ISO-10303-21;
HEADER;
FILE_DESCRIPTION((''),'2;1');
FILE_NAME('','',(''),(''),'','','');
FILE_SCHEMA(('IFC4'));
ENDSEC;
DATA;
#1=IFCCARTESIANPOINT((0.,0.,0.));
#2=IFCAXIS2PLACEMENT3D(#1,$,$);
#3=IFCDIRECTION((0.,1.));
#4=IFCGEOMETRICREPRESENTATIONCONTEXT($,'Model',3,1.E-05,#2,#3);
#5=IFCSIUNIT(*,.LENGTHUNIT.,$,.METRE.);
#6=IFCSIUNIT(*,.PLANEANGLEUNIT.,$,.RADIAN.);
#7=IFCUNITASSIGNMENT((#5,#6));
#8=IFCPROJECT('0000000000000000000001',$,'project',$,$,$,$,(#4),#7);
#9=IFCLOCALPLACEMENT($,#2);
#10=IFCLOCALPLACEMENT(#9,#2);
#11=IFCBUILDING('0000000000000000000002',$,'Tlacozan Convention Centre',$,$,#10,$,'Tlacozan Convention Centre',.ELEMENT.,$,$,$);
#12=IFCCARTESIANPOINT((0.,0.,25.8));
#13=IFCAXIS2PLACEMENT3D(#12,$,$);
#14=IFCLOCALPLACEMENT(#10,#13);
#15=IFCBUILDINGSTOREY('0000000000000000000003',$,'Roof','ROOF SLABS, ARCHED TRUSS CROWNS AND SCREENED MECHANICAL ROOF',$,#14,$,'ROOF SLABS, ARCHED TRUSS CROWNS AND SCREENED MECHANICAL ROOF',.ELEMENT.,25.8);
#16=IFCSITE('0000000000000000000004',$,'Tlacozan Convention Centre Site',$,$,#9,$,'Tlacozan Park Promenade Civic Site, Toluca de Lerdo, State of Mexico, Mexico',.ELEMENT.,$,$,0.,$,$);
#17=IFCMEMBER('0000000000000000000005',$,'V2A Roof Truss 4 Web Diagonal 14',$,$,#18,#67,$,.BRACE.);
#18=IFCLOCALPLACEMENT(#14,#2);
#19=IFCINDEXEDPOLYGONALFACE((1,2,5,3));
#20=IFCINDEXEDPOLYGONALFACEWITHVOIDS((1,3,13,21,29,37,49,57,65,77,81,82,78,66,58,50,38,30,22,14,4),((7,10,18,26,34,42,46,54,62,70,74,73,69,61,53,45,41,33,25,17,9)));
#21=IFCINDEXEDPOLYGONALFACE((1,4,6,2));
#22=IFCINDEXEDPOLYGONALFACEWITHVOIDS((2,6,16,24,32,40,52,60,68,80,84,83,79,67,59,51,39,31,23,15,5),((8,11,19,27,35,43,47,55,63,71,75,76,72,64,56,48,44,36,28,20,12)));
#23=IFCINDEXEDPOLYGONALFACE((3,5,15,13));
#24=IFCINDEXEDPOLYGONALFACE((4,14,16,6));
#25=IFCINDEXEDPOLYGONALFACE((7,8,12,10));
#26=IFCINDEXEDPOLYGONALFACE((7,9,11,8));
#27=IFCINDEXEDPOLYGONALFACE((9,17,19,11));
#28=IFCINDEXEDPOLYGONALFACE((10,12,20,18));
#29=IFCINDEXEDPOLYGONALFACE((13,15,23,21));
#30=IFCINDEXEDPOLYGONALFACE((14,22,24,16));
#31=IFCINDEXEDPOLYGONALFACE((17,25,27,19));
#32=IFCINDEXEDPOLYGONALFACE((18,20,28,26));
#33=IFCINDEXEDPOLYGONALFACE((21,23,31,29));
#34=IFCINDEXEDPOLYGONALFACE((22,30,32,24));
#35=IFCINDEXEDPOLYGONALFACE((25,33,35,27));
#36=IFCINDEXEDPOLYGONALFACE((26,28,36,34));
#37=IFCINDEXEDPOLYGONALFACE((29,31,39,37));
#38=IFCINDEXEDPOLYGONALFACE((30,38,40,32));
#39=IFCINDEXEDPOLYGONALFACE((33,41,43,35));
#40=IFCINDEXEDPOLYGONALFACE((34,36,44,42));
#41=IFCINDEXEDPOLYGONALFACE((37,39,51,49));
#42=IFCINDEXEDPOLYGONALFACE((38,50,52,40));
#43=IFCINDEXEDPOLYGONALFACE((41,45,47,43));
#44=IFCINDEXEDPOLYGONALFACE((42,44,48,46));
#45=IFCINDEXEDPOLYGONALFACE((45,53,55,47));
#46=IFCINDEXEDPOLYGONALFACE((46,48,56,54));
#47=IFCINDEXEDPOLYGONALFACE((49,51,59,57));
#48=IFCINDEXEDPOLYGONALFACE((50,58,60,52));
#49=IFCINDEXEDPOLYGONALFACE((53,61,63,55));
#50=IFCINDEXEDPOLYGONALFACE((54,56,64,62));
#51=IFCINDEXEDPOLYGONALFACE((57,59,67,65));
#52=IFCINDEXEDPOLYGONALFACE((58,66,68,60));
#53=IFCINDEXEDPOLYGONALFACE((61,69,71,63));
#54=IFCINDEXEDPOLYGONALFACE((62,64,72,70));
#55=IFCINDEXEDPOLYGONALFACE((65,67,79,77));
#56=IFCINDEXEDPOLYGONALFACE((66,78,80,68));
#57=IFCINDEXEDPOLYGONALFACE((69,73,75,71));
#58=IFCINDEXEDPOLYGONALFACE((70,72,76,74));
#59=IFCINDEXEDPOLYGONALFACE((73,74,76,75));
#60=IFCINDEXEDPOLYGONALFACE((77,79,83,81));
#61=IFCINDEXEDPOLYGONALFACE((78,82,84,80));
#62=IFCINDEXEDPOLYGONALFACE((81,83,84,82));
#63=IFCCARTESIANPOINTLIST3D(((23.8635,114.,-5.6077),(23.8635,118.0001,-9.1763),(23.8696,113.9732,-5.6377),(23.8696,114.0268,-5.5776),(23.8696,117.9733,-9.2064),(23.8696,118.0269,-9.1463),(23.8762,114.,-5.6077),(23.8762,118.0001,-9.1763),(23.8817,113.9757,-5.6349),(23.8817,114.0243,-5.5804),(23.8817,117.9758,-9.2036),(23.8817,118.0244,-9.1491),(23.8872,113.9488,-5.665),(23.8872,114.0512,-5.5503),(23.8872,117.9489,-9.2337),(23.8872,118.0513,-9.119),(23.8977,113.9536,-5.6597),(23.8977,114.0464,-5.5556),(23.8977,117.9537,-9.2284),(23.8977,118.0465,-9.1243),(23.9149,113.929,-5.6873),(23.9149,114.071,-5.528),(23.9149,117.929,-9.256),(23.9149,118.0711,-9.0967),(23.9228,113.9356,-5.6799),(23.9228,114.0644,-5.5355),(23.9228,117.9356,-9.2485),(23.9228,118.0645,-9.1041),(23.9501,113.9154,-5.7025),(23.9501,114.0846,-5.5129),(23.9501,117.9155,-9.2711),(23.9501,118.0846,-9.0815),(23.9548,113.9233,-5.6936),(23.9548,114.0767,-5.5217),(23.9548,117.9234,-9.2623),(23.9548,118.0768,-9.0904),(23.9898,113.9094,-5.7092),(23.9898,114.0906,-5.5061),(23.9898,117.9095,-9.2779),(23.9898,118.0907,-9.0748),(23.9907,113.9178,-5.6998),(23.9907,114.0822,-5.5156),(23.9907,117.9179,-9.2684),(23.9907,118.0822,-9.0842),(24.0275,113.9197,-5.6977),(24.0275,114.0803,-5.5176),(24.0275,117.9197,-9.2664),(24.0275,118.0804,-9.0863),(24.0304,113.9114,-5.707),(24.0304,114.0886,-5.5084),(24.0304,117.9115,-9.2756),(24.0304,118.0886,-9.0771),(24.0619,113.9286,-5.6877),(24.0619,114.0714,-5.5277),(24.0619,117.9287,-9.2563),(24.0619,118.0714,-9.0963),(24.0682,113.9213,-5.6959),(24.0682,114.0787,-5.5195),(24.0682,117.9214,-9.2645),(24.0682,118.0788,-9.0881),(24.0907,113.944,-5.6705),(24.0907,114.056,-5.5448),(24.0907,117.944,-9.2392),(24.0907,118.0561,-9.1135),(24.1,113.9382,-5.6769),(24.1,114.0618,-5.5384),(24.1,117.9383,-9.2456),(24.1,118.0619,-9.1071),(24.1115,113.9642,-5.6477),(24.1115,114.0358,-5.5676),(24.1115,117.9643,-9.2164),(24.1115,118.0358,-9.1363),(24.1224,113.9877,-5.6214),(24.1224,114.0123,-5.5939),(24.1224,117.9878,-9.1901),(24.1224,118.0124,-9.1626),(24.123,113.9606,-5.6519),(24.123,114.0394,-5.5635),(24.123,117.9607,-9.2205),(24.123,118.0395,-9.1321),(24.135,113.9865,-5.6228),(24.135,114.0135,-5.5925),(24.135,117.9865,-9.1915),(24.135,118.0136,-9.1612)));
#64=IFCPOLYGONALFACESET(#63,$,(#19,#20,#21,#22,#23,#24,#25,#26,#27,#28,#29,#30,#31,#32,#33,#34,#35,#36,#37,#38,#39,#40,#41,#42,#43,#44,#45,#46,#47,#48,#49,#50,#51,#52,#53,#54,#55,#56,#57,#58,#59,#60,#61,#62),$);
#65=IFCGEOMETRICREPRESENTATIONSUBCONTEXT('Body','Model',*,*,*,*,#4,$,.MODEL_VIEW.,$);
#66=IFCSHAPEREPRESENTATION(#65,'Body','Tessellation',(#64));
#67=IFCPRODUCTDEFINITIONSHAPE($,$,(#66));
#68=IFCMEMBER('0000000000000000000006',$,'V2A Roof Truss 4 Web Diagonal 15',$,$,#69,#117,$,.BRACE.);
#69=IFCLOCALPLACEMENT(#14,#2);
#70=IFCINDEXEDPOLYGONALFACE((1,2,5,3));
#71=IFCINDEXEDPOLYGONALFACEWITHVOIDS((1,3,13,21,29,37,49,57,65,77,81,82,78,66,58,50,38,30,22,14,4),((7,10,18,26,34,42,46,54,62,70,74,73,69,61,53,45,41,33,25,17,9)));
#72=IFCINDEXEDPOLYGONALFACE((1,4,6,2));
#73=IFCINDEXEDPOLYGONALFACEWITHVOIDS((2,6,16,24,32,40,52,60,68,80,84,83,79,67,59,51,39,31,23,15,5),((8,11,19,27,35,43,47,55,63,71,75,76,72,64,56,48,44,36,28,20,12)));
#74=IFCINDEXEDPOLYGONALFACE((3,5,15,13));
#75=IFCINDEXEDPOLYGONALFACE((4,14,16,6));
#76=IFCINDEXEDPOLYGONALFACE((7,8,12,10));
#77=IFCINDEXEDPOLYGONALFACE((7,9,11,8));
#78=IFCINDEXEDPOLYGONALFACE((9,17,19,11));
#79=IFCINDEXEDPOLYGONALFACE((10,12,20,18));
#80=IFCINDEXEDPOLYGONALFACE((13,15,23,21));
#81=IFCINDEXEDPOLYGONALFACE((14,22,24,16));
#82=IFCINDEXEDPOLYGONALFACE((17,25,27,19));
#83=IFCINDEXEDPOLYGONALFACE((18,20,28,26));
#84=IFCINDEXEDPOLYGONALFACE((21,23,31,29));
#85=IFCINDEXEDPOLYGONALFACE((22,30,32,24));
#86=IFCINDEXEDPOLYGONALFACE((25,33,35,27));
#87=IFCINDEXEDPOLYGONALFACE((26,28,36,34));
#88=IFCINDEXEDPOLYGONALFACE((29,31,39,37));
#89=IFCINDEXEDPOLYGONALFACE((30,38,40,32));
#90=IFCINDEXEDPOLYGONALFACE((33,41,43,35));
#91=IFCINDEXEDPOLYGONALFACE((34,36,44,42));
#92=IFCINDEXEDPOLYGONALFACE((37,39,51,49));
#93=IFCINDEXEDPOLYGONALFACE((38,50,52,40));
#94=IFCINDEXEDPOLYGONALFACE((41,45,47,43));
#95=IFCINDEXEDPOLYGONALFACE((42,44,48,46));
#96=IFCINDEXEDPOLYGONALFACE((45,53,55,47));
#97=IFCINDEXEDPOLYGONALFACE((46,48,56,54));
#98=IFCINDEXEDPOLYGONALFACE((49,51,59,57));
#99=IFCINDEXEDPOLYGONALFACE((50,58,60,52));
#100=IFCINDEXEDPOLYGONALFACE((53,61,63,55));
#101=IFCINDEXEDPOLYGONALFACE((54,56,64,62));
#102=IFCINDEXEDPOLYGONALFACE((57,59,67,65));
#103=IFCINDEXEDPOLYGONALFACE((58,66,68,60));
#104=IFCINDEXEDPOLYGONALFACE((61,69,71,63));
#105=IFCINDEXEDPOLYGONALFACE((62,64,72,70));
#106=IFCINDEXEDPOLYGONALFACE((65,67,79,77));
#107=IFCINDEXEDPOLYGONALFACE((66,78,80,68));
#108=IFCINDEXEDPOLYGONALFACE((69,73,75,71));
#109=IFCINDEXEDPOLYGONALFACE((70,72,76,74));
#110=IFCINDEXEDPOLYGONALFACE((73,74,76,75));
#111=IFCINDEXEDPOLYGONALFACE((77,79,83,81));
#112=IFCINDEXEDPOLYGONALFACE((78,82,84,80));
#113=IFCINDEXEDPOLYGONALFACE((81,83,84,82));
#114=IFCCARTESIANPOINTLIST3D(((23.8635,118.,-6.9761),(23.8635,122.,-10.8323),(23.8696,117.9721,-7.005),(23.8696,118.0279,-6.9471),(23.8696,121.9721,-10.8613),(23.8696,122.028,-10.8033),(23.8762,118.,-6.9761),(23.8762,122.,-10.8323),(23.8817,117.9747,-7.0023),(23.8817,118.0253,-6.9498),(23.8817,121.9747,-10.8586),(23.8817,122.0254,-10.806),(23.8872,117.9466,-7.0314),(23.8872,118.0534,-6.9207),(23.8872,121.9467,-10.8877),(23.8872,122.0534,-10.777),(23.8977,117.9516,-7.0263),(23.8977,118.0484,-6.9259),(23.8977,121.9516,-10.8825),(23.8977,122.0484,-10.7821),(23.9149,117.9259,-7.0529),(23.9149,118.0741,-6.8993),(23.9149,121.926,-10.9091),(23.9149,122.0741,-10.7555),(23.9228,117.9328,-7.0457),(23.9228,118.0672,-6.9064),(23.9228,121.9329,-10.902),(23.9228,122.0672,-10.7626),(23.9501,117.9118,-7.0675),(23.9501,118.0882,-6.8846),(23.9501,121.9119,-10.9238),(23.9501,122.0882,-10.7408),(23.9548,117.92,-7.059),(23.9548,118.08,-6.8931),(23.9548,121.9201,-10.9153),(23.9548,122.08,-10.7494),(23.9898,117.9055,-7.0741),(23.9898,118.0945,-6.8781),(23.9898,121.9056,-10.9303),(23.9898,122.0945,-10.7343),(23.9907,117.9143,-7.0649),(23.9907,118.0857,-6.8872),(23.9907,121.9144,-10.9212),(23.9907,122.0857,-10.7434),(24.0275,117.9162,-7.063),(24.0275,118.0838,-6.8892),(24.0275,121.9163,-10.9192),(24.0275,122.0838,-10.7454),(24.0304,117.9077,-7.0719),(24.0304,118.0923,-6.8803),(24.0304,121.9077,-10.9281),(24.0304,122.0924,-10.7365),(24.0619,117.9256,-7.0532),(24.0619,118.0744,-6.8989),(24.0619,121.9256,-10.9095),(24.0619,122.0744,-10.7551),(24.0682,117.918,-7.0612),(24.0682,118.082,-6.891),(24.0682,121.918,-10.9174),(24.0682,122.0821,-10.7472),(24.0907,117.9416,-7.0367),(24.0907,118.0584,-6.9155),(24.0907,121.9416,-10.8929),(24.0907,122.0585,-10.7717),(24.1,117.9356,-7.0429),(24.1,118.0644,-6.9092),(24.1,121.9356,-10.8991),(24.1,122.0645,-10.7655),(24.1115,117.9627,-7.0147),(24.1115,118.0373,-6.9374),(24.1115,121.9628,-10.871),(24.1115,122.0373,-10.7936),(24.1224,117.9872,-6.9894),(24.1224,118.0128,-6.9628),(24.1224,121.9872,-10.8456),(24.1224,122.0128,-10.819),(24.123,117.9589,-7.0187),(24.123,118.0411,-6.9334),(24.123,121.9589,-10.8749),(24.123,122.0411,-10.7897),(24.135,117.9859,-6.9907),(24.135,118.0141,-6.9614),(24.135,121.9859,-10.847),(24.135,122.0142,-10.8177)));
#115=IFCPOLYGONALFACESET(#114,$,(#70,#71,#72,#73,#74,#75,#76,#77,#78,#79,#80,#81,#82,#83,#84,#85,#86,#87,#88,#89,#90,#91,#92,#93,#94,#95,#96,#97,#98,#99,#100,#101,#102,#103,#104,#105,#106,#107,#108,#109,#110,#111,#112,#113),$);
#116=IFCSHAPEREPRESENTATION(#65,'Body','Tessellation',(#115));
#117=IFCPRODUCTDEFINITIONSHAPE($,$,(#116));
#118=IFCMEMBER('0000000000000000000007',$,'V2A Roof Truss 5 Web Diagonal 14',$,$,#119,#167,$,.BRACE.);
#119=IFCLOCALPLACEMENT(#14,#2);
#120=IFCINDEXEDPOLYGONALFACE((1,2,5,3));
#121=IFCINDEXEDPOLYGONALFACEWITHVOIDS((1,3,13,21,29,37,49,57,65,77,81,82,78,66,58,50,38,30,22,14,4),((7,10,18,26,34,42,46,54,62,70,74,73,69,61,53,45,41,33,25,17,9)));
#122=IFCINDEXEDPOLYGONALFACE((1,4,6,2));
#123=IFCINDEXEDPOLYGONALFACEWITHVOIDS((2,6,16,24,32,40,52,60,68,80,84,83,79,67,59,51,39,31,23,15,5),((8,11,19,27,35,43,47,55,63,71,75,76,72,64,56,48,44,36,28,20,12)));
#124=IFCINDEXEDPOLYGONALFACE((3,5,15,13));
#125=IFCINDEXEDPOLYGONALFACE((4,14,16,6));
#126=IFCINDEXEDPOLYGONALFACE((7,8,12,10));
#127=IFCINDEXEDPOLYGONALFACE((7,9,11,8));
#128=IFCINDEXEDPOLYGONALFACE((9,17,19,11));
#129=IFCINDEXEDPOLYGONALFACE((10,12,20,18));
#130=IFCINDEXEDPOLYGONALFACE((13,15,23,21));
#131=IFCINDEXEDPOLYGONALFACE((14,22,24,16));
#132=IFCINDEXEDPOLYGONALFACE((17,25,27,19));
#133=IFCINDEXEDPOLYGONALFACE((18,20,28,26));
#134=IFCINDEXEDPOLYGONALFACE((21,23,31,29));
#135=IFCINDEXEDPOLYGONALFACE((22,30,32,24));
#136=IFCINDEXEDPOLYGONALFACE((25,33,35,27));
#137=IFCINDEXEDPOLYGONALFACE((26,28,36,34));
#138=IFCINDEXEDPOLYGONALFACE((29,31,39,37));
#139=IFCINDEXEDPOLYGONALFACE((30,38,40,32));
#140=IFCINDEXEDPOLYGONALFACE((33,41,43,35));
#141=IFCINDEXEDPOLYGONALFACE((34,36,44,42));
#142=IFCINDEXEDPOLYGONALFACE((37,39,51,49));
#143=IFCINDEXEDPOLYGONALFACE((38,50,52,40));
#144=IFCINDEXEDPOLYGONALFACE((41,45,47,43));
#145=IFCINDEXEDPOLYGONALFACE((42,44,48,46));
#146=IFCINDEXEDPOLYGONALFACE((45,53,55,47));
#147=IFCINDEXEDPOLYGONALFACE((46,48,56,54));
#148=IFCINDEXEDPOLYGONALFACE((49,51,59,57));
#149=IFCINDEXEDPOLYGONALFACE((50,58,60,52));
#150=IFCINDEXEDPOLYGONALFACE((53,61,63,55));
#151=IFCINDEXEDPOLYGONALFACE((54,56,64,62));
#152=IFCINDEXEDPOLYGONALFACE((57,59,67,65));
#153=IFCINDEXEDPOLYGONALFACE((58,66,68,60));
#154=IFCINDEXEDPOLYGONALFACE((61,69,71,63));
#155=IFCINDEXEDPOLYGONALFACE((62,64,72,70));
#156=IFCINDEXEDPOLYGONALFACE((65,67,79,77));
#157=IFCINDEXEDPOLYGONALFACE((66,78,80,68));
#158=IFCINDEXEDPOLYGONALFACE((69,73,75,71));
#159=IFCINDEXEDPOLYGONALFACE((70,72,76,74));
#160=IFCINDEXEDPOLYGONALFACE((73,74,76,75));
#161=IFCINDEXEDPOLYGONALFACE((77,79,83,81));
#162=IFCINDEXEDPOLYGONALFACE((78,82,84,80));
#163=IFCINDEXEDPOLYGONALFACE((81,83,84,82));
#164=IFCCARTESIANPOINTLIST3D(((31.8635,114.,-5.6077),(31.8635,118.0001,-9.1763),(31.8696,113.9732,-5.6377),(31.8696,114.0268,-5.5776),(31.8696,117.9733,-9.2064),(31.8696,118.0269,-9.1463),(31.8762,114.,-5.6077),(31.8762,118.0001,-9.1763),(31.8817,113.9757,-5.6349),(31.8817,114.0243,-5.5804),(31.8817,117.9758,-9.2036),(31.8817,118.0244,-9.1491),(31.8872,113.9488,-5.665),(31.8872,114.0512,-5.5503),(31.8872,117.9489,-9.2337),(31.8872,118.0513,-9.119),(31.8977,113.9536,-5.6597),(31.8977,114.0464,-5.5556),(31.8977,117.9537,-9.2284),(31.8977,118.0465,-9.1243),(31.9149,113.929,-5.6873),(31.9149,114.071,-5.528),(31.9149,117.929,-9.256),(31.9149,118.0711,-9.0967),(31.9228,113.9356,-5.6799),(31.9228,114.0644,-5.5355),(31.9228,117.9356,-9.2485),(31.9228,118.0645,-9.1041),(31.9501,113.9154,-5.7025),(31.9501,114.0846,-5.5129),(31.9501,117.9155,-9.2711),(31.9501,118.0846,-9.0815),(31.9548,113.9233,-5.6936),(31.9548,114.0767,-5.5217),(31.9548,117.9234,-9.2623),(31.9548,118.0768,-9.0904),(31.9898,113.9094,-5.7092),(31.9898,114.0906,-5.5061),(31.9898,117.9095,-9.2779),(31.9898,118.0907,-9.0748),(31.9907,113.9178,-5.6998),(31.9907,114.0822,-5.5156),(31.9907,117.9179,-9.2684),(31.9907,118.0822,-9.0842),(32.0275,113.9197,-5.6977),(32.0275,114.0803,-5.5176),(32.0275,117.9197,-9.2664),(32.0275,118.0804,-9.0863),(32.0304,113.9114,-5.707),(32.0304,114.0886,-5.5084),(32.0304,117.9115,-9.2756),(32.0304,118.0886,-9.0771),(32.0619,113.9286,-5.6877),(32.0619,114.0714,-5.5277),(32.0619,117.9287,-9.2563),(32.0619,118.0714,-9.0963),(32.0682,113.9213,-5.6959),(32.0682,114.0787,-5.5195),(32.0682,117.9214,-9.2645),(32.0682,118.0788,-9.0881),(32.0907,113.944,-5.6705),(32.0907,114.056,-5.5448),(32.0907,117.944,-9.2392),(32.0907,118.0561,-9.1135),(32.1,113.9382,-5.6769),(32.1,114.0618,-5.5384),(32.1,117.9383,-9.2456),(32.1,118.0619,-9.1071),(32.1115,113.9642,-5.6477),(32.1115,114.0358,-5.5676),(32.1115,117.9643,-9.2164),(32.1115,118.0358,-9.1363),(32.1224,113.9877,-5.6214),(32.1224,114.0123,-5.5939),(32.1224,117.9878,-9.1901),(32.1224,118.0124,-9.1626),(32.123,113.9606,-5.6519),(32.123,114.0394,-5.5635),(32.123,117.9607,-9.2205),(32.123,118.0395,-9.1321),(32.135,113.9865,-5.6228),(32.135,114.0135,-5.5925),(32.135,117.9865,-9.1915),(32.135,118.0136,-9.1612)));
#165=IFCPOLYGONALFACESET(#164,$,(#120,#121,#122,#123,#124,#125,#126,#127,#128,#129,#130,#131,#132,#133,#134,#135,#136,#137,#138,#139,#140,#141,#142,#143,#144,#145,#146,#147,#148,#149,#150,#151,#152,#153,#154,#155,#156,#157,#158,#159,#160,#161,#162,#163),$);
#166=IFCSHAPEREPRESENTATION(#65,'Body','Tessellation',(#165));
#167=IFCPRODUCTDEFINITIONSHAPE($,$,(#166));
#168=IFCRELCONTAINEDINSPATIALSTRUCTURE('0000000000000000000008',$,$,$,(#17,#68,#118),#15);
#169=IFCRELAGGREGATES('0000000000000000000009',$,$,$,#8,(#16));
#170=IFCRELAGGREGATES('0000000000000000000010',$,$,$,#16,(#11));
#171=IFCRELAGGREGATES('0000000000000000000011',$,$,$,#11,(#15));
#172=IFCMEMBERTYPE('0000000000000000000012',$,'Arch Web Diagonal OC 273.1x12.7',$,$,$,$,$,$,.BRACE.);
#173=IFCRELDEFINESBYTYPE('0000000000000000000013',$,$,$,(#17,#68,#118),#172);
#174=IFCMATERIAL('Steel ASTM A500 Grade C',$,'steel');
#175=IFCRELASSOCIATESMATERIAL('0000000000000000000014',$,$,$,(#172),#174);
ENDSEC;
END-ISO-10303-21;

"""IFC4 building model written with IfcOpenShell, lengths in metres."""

from ifc_helpers import new_model, si_unit, direction, frame, origin, origin_2d, place, context, subcontext, project, spatial, hollow_circle, extrude, material, material_profile, profile_set, type_object, element, save


model = new_model("IFC4")

# Units and contexts
model_context = context("Model", 3, precision=1e-05, world=origin(), true_north=direction((0.0, 1.0)))
body_context = subcontext(model_context, "Body", "Model", "MODEL_VIEW")
ifc_project = project(units=[si_unit("LENGTHUNIT", "METRE"), si_unit("PLANEANGLEUNIT", "RADIAN")], contexts=[model_context])

# Site, building, storey
site_placement = place(None, origin())
site = spatial("IfcSite", under=ifc_project, at=site_placement, Name="Tlacozan Convention Centre Site", LongName="Tlacozan Park Promenade Civic Site, Toluca de Lerdo, State of Mexico, Mexico", CompositionType="ELEMENT", RefElevation=0.0)
building_placement = place(site_placement, origin())
building = spatial("IfcBuilding", under=site, at=building_placement, Name="Tlacozan Convention Centre", LongName="Tlacozan Convention Centre", CompositionType="ELEMENT")
storey_placement = place(building_placement, frame((0.0, 0.0, 25.8)))
storey = spatial("IfcBuildingStorey", under=building, at=storey_placement, Name="Roof", Description="ROOF SLABS, ARCHED TRUSS CROWNS AND SCREENED MECHANICAL ROOF", LongName="ROOF SLABS, ARCHED TRUSS CROWNS AND SCREENED MECHANICAL ROOF", CompositionType="ELEMENT", Elevation=25.8)

# Members
ifc_material_1 = material(Name="Steel ASTM A500 Grade C", Category="steel")
ifc_material_profile_1 = material_profile(ifc_material_1, hollow_circle(Radius=0.1365, WallThickness=0.0127, at=origin_2d()), Name="OC 273.1x12.7")
ifc_profile_set_1 = profile_set([ifc_material_profile_1], Name="Steel ASTM A500 Grade C")
member_type_1 = type_object("IfcMemberType", Name="Arch Web Diagonal OC 273.1x12.7", PredefinedType="BRACE", material=ifc_profile_set_1)
member_1_placement = place(storey_placement, frame((24.0, 114.0, -5.6077), z_axis=(0.0, 0.746199, -0.665722), x_axis=(-1.0, 0.0, 0.0)))
element("IfcMember", 1, at=member_1_placement, inside=storey, type_object=member_type_1, Name="V2A Roof Truss 4 Web Diagonal 14", PredefinedType="BRACE", context=body_context, shape_type="SweptSolid", body=[
    extrude(hollow_circle(Radius=0.1365, WallThickness=0.0127, at=origin_2d()), origin(), (0.0, 0.0, 1.0), 5.3606),
])
member_2_placement = place(storey_placement, frame((24.0, 118.0, -6.9761), z_axis=(0.0, 0.719929, -0.694048), x_axis=(-1.0, 0.0, 0.0)))
element("IfcMember", 2, at=member_2_placement, inside=storey, type_object=member_type_1, Name="V2A Roof Truss 4 Web Diagonal 15", PredefinedType="BRACE", context=body_context, shape_type="SweptSolid", body=[
    extrude(hollow_circle(Radius=0.1365, WallThickness=0.0127, at=origin_2d()), origin(), (0.0, 0.0, 1.0), 5.5562),
])
member_3_placement = place(storey_placement, frame((32.0, 114.0, -5.6077), z_axis=(0.0, 0.746199, -0.665722), x_axis=(-1.0, 0.0, 0.0)))
element("IfcMember", 3, at=member_3_placement, inside=storey, type_object=member_type_1, Name="V2A Roof Truss 5 Web Diagonal 14", PredefinedType="BRACE", context=body_context, shape_type="SweptSolid", body=[
    extrude(hollow_circle(Radius=0.1365, WallThickness=0.0127, at=origin_2d()), origin(), (0.0, 0.0, 1.0), 5.3606),
])

save(model, "model.ifc")
